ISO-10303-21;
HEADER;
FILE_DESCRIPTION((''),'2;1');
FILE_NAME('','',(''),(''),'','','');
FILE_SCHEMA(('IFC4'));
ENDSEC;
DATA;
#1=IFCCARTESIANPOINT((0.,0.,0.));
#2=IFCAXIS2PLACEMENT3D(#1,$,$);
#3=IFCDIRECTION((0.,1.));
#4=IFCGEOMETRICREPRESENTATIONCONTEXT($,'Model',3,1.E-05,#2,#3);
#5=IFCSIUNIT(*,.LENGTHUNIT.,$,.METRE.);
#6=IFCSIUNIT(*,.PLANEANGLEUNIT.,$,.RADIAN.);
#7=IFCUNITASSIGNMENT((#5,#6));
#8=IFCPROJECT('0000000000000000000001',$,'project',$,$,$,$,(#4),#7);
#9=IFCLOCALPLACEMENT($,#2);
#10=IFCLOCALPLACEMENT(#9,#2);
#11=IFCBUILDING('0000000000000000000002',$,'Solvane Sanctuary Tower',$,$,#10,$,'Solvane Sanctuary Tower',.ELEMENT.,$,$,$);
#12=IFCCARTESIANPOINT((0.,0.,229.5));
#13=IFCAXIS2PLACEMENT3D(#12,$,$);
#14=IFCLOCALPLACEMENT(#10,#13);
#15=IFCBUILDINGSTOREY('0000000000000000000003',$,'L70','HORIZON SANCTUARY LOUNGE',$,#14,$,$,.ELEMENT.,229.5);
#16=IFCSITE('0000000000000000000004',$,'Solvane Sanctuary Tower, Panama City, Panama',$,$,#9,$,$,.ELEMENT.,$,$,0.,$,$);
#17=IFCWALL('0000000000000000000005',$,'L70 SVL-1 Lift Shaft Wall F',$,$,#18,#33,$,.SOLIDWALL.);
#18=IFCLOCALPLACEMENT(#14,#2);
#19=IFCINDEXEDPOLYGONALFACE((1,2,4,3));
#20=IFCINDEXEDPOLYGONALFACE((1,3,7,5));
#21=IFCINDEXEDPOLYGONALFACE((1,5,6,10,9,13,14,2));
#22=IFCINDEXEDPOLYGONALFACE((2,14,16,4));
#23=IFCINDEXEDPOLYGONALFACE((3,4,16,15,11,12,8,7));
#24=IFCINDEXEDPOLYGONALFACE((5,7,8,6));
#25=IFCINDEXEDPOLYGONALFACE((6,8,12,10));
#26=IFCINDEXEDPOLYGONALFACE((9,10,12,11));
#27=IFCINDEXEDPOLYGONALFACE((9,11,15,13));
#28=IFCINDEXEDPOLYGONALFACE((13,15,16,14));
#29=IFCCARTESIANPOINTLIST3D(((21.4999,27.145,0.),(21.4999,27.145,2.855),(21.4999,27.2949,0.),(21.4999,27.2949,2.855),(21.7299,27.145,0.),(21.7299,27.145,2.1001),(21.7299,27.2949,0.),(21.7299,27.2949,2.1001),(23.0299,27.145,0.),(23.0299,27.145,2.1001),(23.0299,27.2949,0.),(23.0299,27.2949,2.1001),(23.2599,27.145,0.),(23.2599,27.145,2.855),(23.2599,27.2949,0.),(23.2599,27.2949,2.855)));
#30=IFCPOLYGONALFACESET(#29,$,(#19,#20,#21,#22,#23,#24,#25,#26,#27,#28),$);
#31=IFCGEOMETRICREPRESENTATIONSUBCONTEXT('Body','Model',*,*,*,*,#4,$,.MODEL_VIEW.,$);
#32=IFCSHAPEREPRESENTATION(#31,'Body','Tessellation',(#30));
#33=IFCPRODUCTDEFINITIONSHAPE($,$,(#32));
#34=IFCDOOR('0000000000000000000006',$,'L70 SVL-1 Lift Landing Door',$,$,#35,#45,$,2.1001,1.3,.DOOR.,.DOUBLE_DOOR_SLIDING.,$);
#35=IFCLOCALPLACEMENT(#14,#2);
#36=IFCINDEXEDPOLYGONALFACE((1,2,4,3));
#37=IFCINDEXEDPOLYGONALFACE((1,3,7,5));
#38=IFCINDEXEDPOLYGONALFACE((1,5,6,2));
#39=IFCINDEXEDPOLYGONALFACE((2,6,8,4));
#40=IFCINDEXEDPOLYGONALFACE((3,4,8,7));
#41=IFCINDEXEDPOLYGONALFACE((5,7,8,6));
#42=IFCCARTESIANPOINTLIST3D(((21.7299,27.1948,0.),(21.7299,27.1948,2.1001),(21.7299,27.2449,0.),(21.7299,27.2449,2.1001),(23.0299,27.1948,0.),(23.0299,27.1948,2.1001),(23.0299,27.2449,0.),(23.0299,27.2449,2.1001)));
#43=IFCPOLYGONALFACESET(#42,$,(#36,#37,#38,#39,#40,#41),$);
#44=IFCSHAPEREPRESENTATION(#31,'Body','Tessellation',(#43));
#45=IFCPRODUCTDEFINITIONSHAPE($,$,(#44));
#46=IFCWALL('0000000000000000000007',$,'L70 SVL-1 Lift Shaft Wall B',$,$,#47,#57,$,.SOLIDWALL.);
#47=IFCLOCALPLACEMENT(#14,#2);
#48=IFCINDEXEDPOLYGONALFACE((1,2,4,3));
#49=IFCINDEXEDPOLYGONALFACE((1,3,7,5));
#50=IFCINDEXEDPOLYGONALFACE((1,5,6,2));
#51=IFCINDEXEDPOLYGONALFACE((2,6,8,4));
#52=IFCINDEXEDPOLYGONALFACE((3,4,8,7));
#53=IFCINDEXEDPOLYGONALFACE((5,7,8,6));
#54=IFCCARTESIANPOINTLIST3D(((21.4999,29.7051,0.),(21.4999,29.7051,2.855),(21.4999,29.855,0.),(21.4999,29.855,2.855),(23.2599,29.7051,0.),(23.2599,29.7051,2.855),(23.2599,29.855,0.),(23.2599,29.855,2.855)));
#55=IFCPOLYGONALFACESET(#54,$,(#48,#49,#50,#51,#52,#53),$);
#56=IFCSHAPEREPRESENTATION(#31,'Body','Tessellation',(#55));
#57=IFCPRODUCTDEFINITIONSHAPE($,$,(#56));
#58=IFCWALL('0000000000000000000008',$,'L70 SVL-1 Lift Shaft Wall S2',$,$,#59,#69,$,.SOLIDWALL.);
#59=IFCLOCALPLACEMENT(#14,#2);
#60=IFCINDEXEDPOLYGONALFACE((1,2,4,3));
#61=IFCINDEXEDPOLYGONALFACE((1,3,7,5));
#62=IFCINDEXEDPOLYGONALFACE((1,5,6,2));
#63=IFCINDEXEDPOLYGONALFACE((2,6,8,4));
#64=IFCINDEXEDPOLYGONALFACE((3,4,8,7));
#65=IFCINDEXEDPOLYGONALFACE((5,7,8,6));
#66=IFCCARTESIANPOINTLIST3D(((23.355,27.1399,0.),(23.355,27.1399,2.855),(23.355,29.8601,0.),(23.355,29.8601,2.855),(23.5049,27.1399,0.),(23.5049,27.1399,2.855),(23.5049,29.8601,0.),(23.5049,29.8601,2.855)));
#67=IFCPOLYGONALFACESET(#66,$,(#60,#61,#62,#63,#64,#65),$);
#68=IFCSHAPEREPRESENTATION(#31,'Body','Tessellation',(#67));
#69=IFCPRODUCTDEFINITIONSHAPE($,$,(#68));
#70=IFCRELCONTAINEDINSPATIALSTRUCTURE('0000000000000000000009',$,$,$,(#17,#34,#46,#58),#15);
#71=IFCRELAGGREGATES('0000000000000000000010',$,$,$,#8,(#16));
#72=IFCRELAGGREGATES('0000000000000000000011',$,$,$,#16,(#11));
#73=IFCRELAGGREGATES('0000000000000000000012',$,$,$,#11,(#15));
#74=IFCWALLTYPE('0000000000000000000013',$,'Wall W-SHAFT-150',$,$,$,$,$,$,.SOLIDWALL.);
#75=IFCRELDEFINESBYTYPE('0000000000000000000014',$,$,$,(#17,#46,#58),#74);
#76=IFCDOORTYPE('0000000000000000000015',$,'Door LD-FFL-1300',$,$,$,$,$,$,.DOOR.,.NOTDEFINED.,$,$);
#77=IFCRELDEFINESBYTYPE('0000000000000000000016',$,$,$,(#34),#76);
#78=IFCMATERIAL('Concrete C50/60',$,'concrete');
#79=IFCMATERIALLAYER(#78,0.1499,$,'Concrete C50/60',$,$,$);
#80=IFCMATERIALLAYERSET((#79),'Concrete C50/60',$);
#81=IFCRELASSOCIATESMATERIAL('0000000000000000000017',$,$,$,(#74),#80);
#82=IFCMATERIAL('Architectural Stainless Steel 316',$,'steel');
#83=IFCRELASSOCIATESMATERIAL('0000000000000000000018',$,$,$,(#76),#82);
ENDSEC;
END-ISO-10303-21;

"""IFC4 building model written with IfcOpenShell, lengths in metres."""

from ifc_helpers import new_model, si_unit, direction, frame, frame_2d, origin, place, context, subcontext, project, spatial, rectangle, extrude, material, layer, layer_set, type_object, element, fill, save


model = new_model("IFC4")

# Units and contexts
model_context = context("Model", 3, precision=1e-05, world=origin(), true_north=direction((0.0, 1.0)))
body_context = subcontext(model_context, "Body", "Model", "MODEL_VIEW")
ifc_project = project(units=[si_unit("LENGTHUNIT", "METRE"), si_unit("PLANEANGLEUNIT", "RADIAN")], contexts=[model_context])

# Site, building, storey
site_placement = place(None, origin())
site = spatial("IfcSite", under=ifc_project, at=site_placement, Name="Solvane Sanctuary Tower, Panama City, Panama", CompositionType="ELEMENT", RefElevation=0.0)
building_placement = place(site_placement, origin())
building = spatial("IfcBuilding", under=site, at=building_placement, Name="Solvane Sanctuary Tower", LongName="Solvane Sanctuary Tower", CompositionType="ELEMENT")
storey_placement = place(building_placement, frame((0.0, 0.0, 229.5)))
storey = spatial("IfcBuildingStorey", under=building, at=storey_placement, Name="L70", Description="HORIZON SANCTUARY LOUNGE", CompositionType="ELEMENT", Elevation=229.5)

# Shared definitions
ifc_material_1 = material(Name="Concrete C50/60", Category="concrete")

# Shared definitions
ifc_material_2 = material(Name="Architectural Stainless Steel 316", Category="steel")

# Shared definitions
ifc_layer_1 = layer(ifc_material_1, 0.1499, Name="Concrete C50/60")
ifc_layer_set_1 = layer_set([ifc_layer_1], Name="Concrete C50/60")
wall_type_1 = type_object("IfcWallType", Name="Wall W-SHAFT-150", PredefinedType="SOLIDWALL", material=ifc_layer_set_1)

# Wall, opening, door
wall_1_placement = place(storey_placement, frame((21.5, 27.22, 0.0), z_axis=(0.0, 0.0, 1.0), x_axis=(1.0, 0.0, 0.0)))
wall_1 = element("IfcWall", 1, at=wall_1_placement, inside=storey, type_object=wall_type_1, Name="L70 SVL-1 Lift Shaft Wall F", PredefinedType="SOLIDWALL", context=body_context, shape_type="SweptSolid", body=[
    extrude(rectangle(XDim=1.76, YDim=0.1499, at=frame_2d((0.8799, 0.0))), origin(), (0.0, 0.0, 1.0), 2.855),
])
opening_1_placement = place(wall_1_placement, frame((0.23, 0.0, 0.0)))
opening_1 = element("IfcOpeningElement", 2, at=opening_1_placement, cuts=wall_1, PredefinedType="OPENING", context=body_context, shape_type="SweptSolid", body=[
    extrude(rectangle(XDim=1.3, YDim=2.1001, at=frame_2d((0.6499, 1.05))), frame((0.0, 0.085, 0.0), z_axis=(0.0, -1.0, 0.0), x_axis=(1.0, 0.0, 0.0)), (0.0, 0.0, 1.0), 0.1699),
])
door_type_1 = type_object("IfcDoorType", Name="Door LD-FFL-1300", OperationType="NOTDEFINED", PredefinedType="DOOR", material=ifc_material_2)
door_1_placement = place(opening_1_placement, origin())
door_1 = element("IfcDoor", 3, at=door_1_placement, inside=storey, type_object=door_type_1, Name="L70 SVL-1 Lift Landing Door", OperationType="DOUBLE_DOOR_SLIDING", OverallHeight=2.1001, OverallWidth=1.3, PredefinedType="DOOR", context=body_context, shape_type="SweptSolid", body=[
    extrude(rectangle(XDim=1.3, YDim=2.1001, at=frame_2d((0.6499, 1.05))), frame((0.0, 0.0249, 0.0), z_axis=(0.0, -1.0, 0.0), x_axis=(1.0, 0.0, 0.0)), (0.0, 0.0, 1.0), 0.05),
])
fill(opening_1, door_1)

# Walls
wall_2_placement = place(storey_placement, frame((21.5, 29.78, 0.0), z_axis=(0.0, 0.0, 1.0), x_axis=(1.0, 0.0, 0.0)))
element("IfcWall", 4, at=wall_2_placement, inside=storey, type_object=wall_type_1, Name="L70 SVL-1 Lift Shaft Wall B", PredefinedType="SOLIDWALL", context=body_context, shape_type="SweptSolid", body=[
    extrude(rectangle(XDim=1.76, YDim=0.1499, at=frame_2d((0.8799, 0.0))), origin(), (0.0, 0.0, 1.0), 2.855),
])
wall_3_placement = place(storey_placement, frame((23.4299, 27.1399, 0.0), z_axis=(0.0, 0.0, 1.0), x_axis=(0.0, 1.0, 0.0)))
element("IfcWall", 5, at=wall_3_placement, inside=storey, type_object=wall_type_1, Name="L70 SVL-1 Lift Shaft Wall S2", PredefinedType="SOLIDWALL", context=body_context, shape_type="SweptSolid", body=[
    extrude(rectangle(XDim=2.7202, YDim=0.1499, at=frame_2d((1.3601, 0.0))), origin(), (0.0, 0.0, 1.0), 2.855),
])

save(model, "model.ifc")
